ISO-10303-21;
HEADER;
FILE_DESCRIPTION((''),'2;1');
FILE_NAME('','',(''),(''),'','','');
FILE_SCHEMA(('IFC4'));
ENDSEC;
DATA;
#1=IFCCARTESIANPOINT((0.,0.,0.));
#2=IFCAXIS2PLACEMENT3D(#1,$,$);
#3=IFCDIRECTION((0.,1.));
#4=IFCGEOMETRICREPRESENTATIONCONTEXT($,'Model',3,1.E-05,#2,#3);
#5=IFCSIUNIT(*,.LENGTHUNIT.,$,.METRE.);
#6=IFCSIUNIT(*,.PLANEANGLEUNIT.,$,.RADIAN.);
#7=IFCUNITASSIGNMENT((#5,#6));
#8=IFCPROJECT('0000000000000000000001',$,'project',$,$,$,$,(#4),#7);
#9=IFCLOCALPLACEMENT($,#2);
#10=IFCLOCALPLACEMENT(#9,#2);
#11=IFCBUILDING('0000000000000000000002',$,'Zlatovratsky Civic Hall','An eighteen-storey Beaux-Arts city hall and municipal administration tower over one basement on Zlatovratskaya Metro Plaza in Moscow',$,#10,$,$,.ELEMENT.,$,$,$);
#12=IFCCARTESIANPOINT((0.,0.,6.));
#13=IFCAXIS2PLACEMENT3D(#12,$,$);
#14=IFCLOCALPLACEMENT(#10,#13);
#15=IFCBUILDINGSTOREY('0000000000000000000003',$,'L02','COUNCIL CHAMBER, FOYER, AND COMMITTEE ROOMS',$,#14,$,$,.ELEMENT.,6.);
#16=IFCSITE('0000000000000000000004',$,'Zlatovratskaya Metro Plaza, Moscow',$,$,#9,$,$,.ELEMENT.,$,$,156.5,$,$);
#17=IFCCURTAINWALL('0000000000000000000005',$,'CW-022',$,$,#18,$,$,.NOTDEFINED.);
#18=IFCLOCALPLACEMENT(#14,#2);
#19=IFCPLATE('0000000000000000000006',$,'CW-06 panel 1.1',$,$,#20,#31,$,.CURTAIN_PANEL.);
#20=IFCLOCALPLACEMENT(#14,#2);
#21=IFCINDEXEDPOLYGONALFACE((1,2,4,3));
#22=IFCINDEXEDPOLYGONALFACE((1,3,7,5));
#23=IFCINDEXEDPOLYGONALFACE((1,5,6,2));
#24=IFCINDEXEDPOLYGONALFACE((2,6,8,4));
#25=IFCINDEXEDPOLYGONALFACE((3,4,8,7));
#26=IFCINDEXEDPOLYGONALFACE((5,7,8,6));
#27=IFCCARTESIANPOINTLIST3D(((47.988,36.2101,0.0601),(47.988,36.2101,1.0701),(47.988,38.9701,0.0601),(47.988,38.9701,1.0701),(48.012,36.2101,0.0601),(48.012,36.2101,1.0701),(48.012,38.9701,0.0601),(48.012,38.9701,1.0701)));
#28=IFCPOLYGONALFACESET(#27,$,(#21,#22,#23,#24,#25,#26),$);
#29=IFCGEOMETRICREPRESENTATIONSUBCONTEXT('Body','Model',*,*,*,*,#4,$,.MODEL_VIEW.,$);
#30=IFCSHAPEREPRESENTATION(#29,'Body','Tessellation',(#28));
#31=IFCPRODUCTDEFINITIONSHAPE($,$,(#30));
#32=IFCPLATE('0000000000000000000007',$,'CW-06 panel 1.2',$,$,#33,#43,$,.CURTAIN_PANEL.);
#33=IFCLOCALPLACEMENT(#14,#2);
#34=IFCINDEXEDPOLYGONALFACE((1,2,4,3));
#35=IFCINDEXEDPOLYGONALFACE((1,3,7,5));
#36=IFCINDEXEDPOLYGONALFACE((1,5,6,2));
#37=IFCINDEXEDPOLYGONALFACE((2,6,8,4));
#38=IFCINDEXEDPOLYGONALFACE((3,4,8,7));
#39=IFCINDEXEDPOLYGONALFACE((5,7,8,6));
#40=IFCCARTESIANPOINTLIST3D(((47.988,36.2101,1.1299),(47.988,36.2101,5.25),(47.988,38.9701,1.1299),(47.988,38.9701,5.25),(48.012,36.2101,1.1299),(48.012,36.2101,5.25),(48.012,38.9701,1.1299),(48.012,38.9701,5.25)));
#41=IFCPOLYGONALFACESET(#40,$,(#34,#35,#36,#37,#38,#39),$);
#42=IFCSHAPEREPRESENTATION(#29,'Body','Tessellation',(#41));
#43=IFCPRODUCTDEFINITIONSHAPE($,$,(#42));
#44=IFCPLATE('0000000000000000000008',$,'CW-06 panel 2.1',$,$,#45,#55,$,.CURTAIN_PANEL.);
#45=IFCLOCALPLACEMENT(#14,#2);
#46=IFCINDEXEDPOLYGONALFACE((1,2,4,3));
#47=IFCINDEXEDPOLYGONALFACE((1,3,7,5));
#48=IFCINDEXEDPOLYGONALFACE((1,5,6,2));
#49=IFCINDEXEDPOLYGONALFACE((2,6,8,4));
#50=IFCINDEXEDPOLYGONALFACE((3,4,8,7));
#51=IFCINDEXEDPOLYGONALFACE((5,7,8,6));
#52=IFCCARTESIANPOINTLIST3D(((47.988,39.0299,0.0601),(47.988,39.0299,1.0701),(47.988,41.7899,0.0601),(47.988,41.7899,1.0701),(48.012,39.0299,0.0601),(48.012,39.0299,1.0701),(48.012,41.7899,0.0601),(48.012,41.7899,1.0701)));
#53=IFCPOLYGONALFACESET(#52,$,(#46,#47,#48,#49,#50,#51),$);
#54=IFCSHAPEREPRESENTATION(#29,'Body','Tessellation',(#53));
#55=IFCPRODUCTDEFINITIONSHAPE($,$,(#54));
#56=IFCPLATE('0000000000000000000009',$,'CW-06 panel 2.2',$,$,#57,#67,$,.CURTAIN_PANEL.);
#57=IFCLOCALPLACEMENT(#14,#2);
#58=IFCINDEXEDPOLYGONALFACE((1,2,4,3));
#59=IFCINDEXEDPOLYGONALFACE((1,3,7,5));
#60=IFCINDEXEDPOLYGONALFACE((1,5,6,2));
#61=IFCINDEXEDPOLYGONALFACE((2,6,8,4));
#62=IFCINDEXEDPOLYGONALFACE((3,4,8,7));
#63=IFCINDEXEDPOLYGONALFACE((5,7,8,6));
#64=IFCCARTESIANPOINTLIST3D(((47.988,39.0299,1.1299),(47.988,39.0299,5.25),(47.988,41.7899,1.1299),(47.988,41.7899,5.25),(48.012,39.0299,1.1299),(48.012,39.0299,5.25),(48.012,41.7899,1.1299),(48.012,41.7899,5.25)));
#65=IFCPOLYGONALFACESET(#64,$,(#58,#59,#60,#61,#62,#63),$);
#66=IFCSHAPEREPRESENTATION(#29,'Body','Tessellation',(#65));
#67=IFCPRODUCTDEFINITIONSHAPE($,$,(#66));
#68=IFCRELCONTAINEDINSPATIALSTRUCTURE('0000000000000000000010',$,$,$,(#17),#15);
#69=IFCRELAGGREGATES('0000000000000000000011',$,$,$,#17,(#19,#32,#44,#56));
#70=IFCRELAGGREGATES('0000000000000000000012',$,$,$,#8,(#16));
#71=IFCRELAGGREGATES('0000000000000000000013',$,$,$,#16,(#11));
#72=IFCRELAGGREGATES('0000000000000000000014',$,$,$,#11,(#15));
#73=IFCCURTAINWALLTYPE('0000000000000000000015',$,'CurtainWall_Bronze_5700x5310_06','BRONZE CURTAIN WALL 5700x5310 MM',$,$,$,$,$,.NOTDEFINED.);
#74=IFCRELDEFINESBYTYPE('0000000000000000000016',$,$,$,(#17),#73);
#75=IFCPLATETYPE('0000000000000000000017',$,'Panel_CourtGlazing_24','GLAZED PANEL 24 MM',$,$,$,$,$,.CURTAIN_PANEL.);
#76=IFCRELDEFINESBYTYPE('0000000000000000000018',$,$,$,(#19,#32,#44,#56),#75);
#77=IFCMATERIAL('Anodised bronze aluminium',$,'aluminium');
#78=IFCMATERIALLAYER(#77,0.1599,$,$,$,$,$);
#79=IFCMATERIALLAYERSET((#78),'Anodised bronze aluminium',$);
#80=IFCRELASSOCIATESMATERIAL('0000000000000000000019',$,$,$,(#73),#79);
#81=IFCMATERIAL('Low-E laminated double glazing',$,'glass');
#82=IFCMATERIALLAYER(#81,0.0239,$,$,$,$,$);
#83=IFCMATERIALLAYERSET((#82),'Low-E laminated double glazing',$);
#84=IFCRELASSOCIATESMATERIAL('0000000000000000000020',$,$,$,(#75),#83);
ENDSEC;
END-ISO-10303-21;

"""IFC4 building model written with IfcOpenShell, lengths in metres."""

from ifc_helpers import new_model, si_unit, direction, frame, origin, origin_2d, place, context, subcontext, project, spatial, rectangle, extrude, material, layer, layer_set, type_object, element, aggregate, save


model = new_model("IFC4")

# Units and contexts
model_context = context("Model", 3, precision=1e-05, world=origin(), true_north=direction((0.0, 1.0)))
body_context = subcontext(model_context, "Body", "Model", "MODEL_VIEW")
ifc_project = project(units=[si_unit("LENGTHUNIT", "METRE"), si_unit("PLANEANGLEUNIT", "RADIAN")], contexts=[model_context])

# Site, building, storey
site_placement = place(None, origin())
site = spatial("IfcSite", under=ifc_project, at=site_placement, Name="Zlatovratskaya Metro Plaza, Moscow", CompositionType="ELEMENT", RefElevation=156.5)
building_placement = place(site_placement, origin())
building = spatial("IfcBuilding", under=site, at=building_placement, Name="Zlatovratsky Civic Hall", Description="An eighteen-storey Beaux-Arts city hall and municipal administration tower over one basement on Zlatovratskaya Metro Plaza in Moscow", CompositionType="ELEMENT")
storey_placement = place(building_placement, frame((0.0, 0.0, 6.0)))
storey = spatial("IfcBuildingStorey", under=building, at=storey_placement, Name="L02", Description="COUNCIL CHAMBER, FOYER, AND COMMITTEE ROOMS", CompositionType="ELEMENT", Elevation=6.0)

# Curtain wall
ifc_material_1 = material(Name="Anodised bronze aluminium", Category="aluminium")
ifc_layer_1 = layer(ifc_material_1, 0.1599)
ifc_layer_set_1 = layer_set([ifc_layer_1], Name="Anodised bronze aluminium")
curtain_wall_type = type_object("IfcCurtainWallType", Name="CurtainWall_Bronze_5700x5310_06", Description="BRONZE CURTAIN WALL 5700x5310 MM", PredefinedType="NOTDEFINED", material=ifc_layer_set_1)
curtain_wall_1_placement = place(storey_placement, origin())
curtain_wall_1 = element("IfcCurtainWall", 1, at=curtain_wall_1_placement, inside=storey, type_object=curtain_wall_type, Name="CW-022", PredefinedType="NOTDEFINED")

# Plates
ifc_material_2 = material(Name="Low-E laminated double glazing", Category="glass")
ifc_layer_2 = layer(ifc_material_2, 0.0239)
ifc_layer_set_2 = layer_set([ifc_layer_2], Name="Low-E laminated double glazing")
plate_type = type_object("IfcPlateType", Name="Panel_CourtGlazing_24", Description="GLAZED PANEL 24 MM", PredefinedType="CURTAIN_PANEL", material=ifc_layer_set_2)
plate_1_placement = place(storey_placement, frame((48.0, 37.5901, 0.0601), z_axis=(0.0, 0.0, 1.0), x_axis=(0.0, 1.0, 0.0)))
plate_1 = element("IfcPlate", 2, at=plate_1_placement, type_object=plate_type, Name="CW-06 panel 1.1", PredefinedType="CURTAIN_PANEL", context=body_context, shape_type="SweptSolid", body=[
    extrude(rectangle(XDim=2.76, YDim=0.0239, at=origin_2d()), origin(), (0.0, 0.0, 1.0), 1.01),
])
plate_2_placement = place(storey_placement, frame((48.0, 37.5901, 1.1299), z_axis=(0.0, 0.0, 1.0), x_axis=(0.0, 1.0, 0.0)))
plate_2 = element("IfcPlate", 3, at=plate_2_placement, type_object=plate_type, Name="CW-06 panel 1.2", PredefinedType="CURTAIN_PANEL", context=body_context, shape_type="SweptSolid", body=[
    extrude(rectangle(XDim=2.76, YDim=0.0239, at=origin_2d()), origin(), (0.0, 0.0, 1.0), 4.1201),
])
plate_3_placement = place(storey_placement, frame((48.0, 40.4099, 0.0601), z_axis=(0.0, 0.0, 1.0), x_axis=(0.0, 1.0, 0.0)))
plate_3 = element("IfcPlate", 4, at=plate_3_placement, type_object=plate_type, Name="CW-06 panel 2.1", PredefinedType="CURTAIN_PANEL", context=body_context, shape_type="SweptSolid", body=[
    extrude(rectangle(XDim=2.76, YDim=0.0239, at=origin_2d()), origin(), (0.0, 0.0, 1.0), 1.01),
])
plate_4_placement = place(storey_placement, frame((48.0, 40.4099, 1.1299), z_axis=(0.0, 0.0, 1.0), x_axis=(0.0, 1.0, 0.0)))
plate_4 = element("IfcPlate", 5, at=plate_4_placement, type_object=plate_type, Name="CW-06 panel 2.2", PredefinedType="CURTAIN_PANEL", context=body_context, shape_type="SweptSolid", body=[
    extrude(rectangle(XDim=2.76, YDim=0.0239, at=origin_2d()), origin(), (0.0, 0.0, 1.0), 4.1201),
])
aggregate(curtain_wall_1, [plate_1, plate_2, plate_3, plate_4])

save(model, "model.ifc")
